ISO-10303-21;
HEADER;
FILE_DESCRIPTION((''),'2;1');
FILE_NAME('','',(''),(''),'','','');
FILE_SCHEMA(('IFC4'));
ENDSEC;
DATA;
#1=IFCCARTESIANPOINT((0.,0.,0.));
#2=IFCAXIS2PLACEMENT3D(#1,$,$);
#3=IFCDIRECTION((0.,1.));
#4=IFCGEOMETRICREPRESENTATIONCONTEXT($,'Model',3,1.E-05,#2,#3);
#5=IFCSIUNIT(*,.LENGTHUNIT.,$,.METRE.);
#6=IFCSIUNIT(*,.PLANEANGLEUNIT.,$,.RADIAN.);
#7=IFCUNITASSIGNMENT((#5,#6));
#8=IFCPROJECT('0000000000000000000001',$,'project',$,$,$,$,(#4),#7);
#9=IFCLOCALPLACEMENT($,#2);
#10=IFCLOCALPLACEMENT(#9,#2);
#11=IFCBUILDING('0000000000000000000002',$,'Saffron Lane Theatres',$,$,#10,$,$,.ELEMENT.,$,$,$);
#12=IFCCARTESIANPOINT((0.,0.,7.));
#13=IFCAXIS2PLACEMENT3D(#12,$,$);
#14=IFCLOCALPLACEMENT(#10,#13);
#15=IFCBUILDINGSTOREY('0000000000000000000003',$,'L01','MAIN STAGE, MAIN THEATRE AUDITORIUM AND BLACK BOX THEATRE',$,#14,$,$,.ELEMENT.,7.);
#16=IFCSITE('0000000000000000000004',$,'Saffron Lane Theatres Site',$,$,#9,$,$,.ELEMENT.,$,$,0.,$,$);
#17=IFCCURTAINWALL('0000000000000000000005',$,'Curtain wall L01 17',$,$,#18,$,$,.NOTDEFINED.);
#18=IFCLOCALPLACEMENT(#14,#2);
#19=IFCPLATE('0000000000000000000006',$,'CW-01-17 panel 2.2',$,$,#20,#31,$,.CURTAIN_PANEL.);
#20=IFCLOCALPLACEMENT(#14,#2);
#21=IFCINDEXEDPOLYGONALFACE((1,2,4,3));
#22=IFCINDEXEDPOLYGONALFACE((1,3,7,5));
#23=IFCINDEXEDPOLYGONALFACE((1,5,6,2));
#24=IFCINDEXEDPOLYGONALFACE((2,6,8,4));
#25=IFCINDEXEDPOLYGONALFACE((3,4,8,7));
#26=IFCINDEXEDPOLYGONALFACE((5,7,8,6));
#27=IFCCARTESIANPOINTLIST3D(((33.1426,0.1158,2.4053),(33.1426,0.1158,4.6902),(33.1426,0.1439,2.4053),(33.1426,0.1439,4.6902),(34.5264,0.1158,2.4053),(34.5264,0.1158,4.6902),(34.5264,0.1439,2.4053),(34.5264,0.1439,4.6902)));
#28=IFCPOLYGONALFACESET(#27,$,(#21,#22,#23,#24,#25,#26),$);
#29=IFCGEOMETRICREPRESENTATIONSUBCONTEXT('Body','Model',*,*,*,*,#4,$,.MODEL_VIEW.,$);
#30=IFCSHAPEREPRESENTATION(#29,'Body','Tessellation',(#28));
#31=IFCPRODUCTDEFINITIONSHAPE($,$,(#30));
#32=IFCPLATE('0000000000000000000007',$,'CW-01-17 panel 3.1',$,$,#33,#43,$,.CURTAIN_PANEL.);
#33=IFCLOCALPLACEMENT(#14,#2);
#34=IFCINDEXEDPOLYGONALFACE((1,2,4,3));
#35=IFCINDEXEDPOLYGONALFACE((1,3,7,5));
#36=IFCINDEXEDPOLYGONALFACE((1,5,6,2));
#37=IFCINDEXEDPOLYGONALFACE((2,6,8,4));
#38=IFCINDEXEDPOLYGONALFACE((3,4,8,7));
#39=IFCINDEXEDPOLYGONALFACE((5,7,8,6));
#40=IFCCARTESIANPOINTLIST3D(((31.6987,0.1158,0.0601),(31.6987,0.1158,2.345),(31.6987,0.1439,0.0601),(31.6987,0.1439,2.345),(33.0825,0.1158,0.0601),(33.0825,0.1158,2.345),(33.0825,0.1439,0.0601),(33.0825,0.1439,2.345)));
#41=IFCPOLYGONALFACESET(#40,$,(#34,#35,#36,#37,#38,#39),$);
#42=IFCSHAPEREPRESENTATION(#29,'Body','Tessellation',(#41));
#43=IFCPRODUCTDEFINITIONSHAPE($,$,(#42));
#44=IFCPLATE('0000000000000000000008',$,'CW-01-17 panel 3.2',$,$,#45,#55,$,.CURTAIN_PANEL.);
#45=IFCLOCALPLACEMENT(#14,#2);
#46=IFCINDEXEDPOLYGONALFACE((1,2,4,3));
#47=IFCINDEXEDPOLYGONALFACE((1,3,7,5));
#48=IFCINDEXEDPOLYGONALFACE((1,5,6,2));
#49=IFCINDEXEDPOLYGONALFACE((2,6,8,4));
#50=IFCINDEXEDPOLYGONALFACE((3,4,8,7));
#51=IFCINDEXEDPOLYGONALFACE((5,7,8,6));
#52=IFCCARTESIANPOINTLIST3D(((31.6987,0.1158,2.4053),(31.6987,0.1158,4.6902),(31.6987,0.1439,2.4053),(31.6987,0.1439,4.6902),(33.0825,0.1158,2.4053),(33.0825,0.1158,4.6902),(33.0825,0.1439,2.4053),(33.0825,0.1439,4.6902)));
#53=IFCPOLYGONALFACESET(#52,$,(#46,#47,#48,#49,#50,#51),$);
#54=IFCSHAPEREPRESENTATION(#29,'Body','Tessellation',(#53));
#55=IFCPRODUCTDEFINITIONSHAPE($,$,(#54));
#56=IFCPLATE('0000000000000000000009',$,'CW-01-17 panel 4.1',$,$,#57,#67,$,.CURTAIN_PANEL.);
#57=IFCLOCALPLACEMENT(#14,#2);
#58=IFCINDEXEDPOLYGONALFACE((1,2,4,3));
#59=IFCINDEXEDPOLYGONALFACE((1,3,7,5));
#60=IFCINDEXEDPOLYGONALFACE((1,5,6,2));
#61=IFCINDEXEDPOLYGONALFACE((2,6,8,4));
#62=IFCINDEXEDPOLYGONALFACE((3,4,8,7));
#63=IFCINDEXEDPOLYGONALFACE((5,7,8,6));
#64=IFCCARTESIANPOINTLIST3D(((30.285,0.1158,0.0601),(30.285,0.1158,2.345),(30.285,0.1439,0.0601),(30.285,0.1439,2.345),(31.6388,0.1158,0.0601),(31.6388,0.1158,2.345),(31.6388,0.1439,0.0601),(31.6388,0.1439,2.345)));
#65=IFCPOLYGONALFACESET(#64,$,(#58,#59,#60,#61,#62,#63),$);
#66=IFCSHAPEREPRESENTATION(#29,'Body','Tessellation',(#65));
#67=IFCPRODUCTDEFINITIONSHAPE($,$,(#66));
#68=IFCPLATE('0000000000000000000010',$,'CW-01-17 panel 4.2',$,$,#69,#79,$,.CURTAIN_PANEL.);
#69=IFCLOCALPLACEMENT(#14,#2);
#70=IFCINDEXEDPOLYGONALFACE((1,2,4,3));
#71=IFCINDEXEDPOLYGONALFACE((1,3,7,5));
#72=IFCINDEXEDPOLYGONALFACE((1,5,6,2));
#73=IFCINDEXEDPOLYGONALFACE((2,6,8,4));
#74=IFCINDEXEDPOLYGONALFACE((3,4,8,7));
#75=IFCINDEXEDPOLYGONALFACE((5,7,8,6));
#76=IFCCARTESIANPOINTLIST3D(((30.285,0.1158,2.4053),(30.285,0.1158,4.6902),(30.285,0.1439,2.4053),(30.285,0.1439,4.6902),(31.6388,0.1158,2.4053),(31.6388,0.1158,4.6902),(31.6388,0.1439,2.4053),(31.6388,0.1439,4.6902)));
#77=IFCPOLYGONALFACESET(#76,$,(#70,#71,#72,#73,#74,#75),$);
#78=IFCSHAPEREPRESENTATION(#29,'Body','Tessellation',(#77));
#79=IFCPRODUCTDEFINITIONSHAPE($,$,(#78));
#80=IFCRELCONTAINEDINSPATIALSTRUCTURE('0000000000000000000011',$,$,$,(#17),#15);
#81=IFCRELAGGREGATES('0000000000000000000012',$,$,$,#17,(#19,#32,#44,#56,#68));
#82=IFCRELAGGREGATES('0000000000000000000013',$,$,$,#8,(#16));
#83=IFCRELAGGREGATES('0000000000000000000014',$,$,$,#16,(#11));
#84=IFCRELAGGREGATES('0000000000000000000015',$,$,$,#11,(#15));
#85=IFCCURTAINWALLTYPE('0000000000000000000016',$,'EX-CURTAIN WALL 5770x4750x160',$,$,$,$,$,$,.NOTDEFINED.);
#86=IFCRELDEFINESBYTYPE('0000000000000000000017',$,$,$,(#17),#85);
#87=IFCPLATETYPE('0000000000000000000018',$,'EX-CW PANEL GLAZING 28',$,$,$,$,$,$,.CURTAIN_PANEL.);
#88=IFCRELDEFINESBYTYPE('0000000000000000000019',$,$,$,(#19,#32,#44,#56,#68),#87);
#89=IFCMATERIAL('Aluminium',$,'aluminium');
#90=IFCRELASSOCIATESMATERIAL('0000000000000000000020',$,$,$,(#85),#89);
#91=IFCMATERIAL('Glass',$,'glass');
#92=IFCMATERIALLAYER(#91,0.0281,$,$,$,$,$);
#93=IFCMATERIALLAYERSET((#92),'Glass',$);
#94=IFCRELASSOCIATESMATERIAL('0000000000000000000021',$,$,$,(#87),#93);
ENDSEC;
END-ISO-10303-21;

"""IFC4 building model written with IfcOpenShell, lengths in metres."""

from ifc_helpers import new_model, si_unit, direction, frame, origin, origin_2d, place, context, subcontext, project, spatial, rectangle, extrude, material, layer, layer_set, type_object, element, aggregate, save


model = new_model("IFC4")

# Units and contexts
model_context = context("Model", 3, precision=1e-05, world=origin(), true_north=direction((0.0, 1.0)))
body_context = subcontext(model_context, "Body", "Model", "MODEL_VIEW")
ifc_project = project(units=[si_unit("LENGTHUNIT", "METRE"), si_unit("PLANEANGLEUNIT", "RADIAN")], contexts=[model_context])

# Site, building, storey
site_placement = place(None, origin())
site = spatial("IfcSite", under=ifc_project, at=site_placement, Name="Saffron Lane Theatres Site", CompositionType="ELEMENT", RefElevation=0.0)
building_placement = place(site_placement, origin())
building = spatial("IfcBuilding", under=site, at=building_placement, Name="Saffron Lane Theatres", CompositionType="ELEMENT")
storey_placement = place(building_placement, frame((0.0, 0.0, 7.0)))
storey = spatial("IfcBuildingStorey", under=building, at=storey_placement, Name="L01", Description="MAIN STAGE, MAIN THEATRE AUDITORIUM AND BLACK BOX THEATRE", CompositionType="ELEMENT", Elevation=7.0)

# Curtain wall, plates
ifc_material_1 = material(Name="Aluminium", Category="aluminium")
curtain_wall_type = type_object("IfcCurtainWallType", Name="EX-CURTAIN WALL 5770x4750x160", PredefinedType="NOTDEFINED", material=ifc_material_1)
curtain_wall_placement = place(storey_placement, origin())
curtain_wall = element("IfcCurtainWall", 1, at=curtain_wall_placement, inside=storey, type_object=curtain_wall_type, Name="Curtain wall L01 17", PredefinedType="NOTDEFINED")
ifc_material_2 = material(Name="Glass", Category="glass")
ifc_layer = layer(ifc_material_2, 0.0281)
ifc_layer_set = layer_set([ifc_layer], Name="Glass")
plate_type = type_object("IfcPlateType", Name="EX-CW PANEL GLAZING 28", PredefinedType="CURTAIN_PANEL", material=ifc_layer_set)
plate_1_placement = place(storey_placement, frame((33.8345, 0.1299, 2.4053), z_axis=(0.0, 0.0, 1.0), x_axis=(-1.0, 0.0, 0.0)))
plate_1 = element("IfcPlate", 2, at=plate_1_placement, type_object=plate_type, Name="CW-01-17 panel 2.2", PredefinedType="CURTAIN_PANEL", context=body_context, shape_type="SweptSolid", body=[
    extrude(rectangle(XDim=1.3838, YDim=0.0281, at=origin_2d()), origin(), (0.0, 0.0, 1.0), 2.2849),
])
plate_2_placement = place(storey_placement, frame((32.3906, 0.1299, 0.0601), z_axis=(0.0, 0.0, 1.0), x_axis=(-1.0, 0.0, 0.0)))
plate_2 = element("IfcPlate", 3, at=plate_2_placement, type_object=plate_type, Name="CW-01-17 panel 3.1", PredefinedType="CURTAIN_PANEL", context=body_context, shape_type="SweptSolid", body=[
    extrude(rectangle(XDim=1.3838, YDim=0.0281, at=origin_2d()), origin(), (0.0, 0.0, 1.0), 2.2849),
])
plate_3_placement = place(storey_placement, frame((32.3906, 0.1299, 2.4053), z_axis=(0.0, 0.0, 1.0), x_axis=(-1.0, 0.0, 0.0)))
plate_3 = element("IfcPlate", 4, at=plate_3_placement, type_object=plate_type, Name="CW-01-17 panel 3.2", PredefinedType="CURTAIN_PANEL", context=body_context, shape_type="SweptSolid", body=[
    extrude(rectangle(XDim=1.3838, YDim=0.0281, at=origin_2d()), origin(), (0.0, 0.0, 1.0), 2.2849),
])
plate_4_placement = place(storey_placement, frame((30.9619, 0.1299, 0.0601), z_axis=(0.0, 0.0, 1.0), x_axis=(-1.0, 0.0, 0.0)))
plate_4 = element("IfcPlate", 5, at=plate_4_placement, type_object=plate_type, Name="CW-01-17 panel 4.1", PredefinedType="CURTAIN_PANEL", context=body_context, shape_type="SweptSolid", body=[
    extrude(rectangle(XDim=1.3538, YDim=0.0281, at=origin_2d()), origin(), (0.0, 0.0, 1.0), 2.2849),
])
plate_5_placement = place(storey_placement, frame((30.9619, 0.1299, 2.4053), z_axis=(0.0, 0.0, 1.0), x_axis=(-1.0, 0.0, 0.0)))
plate_5 = element("IfcPlate", 6, at=plate_5_placement, type_object=plate_type, Name="CW-01-17 panel 4.2", PredefinedType="CURTAIN_PANEL", context=body_context, shape_type="SweptSolid", body=[
    extrude(rectangle(XDim=1.3538, YDim=0.0281, at=origin_2d()), origin(), (0.0, 0.0, 1.0), 2.2849),
])
aggregate(curtain_wall, [plate_1, plate_2, plate_3, plate_4, plate_5])

save(model, "model.ifc")
